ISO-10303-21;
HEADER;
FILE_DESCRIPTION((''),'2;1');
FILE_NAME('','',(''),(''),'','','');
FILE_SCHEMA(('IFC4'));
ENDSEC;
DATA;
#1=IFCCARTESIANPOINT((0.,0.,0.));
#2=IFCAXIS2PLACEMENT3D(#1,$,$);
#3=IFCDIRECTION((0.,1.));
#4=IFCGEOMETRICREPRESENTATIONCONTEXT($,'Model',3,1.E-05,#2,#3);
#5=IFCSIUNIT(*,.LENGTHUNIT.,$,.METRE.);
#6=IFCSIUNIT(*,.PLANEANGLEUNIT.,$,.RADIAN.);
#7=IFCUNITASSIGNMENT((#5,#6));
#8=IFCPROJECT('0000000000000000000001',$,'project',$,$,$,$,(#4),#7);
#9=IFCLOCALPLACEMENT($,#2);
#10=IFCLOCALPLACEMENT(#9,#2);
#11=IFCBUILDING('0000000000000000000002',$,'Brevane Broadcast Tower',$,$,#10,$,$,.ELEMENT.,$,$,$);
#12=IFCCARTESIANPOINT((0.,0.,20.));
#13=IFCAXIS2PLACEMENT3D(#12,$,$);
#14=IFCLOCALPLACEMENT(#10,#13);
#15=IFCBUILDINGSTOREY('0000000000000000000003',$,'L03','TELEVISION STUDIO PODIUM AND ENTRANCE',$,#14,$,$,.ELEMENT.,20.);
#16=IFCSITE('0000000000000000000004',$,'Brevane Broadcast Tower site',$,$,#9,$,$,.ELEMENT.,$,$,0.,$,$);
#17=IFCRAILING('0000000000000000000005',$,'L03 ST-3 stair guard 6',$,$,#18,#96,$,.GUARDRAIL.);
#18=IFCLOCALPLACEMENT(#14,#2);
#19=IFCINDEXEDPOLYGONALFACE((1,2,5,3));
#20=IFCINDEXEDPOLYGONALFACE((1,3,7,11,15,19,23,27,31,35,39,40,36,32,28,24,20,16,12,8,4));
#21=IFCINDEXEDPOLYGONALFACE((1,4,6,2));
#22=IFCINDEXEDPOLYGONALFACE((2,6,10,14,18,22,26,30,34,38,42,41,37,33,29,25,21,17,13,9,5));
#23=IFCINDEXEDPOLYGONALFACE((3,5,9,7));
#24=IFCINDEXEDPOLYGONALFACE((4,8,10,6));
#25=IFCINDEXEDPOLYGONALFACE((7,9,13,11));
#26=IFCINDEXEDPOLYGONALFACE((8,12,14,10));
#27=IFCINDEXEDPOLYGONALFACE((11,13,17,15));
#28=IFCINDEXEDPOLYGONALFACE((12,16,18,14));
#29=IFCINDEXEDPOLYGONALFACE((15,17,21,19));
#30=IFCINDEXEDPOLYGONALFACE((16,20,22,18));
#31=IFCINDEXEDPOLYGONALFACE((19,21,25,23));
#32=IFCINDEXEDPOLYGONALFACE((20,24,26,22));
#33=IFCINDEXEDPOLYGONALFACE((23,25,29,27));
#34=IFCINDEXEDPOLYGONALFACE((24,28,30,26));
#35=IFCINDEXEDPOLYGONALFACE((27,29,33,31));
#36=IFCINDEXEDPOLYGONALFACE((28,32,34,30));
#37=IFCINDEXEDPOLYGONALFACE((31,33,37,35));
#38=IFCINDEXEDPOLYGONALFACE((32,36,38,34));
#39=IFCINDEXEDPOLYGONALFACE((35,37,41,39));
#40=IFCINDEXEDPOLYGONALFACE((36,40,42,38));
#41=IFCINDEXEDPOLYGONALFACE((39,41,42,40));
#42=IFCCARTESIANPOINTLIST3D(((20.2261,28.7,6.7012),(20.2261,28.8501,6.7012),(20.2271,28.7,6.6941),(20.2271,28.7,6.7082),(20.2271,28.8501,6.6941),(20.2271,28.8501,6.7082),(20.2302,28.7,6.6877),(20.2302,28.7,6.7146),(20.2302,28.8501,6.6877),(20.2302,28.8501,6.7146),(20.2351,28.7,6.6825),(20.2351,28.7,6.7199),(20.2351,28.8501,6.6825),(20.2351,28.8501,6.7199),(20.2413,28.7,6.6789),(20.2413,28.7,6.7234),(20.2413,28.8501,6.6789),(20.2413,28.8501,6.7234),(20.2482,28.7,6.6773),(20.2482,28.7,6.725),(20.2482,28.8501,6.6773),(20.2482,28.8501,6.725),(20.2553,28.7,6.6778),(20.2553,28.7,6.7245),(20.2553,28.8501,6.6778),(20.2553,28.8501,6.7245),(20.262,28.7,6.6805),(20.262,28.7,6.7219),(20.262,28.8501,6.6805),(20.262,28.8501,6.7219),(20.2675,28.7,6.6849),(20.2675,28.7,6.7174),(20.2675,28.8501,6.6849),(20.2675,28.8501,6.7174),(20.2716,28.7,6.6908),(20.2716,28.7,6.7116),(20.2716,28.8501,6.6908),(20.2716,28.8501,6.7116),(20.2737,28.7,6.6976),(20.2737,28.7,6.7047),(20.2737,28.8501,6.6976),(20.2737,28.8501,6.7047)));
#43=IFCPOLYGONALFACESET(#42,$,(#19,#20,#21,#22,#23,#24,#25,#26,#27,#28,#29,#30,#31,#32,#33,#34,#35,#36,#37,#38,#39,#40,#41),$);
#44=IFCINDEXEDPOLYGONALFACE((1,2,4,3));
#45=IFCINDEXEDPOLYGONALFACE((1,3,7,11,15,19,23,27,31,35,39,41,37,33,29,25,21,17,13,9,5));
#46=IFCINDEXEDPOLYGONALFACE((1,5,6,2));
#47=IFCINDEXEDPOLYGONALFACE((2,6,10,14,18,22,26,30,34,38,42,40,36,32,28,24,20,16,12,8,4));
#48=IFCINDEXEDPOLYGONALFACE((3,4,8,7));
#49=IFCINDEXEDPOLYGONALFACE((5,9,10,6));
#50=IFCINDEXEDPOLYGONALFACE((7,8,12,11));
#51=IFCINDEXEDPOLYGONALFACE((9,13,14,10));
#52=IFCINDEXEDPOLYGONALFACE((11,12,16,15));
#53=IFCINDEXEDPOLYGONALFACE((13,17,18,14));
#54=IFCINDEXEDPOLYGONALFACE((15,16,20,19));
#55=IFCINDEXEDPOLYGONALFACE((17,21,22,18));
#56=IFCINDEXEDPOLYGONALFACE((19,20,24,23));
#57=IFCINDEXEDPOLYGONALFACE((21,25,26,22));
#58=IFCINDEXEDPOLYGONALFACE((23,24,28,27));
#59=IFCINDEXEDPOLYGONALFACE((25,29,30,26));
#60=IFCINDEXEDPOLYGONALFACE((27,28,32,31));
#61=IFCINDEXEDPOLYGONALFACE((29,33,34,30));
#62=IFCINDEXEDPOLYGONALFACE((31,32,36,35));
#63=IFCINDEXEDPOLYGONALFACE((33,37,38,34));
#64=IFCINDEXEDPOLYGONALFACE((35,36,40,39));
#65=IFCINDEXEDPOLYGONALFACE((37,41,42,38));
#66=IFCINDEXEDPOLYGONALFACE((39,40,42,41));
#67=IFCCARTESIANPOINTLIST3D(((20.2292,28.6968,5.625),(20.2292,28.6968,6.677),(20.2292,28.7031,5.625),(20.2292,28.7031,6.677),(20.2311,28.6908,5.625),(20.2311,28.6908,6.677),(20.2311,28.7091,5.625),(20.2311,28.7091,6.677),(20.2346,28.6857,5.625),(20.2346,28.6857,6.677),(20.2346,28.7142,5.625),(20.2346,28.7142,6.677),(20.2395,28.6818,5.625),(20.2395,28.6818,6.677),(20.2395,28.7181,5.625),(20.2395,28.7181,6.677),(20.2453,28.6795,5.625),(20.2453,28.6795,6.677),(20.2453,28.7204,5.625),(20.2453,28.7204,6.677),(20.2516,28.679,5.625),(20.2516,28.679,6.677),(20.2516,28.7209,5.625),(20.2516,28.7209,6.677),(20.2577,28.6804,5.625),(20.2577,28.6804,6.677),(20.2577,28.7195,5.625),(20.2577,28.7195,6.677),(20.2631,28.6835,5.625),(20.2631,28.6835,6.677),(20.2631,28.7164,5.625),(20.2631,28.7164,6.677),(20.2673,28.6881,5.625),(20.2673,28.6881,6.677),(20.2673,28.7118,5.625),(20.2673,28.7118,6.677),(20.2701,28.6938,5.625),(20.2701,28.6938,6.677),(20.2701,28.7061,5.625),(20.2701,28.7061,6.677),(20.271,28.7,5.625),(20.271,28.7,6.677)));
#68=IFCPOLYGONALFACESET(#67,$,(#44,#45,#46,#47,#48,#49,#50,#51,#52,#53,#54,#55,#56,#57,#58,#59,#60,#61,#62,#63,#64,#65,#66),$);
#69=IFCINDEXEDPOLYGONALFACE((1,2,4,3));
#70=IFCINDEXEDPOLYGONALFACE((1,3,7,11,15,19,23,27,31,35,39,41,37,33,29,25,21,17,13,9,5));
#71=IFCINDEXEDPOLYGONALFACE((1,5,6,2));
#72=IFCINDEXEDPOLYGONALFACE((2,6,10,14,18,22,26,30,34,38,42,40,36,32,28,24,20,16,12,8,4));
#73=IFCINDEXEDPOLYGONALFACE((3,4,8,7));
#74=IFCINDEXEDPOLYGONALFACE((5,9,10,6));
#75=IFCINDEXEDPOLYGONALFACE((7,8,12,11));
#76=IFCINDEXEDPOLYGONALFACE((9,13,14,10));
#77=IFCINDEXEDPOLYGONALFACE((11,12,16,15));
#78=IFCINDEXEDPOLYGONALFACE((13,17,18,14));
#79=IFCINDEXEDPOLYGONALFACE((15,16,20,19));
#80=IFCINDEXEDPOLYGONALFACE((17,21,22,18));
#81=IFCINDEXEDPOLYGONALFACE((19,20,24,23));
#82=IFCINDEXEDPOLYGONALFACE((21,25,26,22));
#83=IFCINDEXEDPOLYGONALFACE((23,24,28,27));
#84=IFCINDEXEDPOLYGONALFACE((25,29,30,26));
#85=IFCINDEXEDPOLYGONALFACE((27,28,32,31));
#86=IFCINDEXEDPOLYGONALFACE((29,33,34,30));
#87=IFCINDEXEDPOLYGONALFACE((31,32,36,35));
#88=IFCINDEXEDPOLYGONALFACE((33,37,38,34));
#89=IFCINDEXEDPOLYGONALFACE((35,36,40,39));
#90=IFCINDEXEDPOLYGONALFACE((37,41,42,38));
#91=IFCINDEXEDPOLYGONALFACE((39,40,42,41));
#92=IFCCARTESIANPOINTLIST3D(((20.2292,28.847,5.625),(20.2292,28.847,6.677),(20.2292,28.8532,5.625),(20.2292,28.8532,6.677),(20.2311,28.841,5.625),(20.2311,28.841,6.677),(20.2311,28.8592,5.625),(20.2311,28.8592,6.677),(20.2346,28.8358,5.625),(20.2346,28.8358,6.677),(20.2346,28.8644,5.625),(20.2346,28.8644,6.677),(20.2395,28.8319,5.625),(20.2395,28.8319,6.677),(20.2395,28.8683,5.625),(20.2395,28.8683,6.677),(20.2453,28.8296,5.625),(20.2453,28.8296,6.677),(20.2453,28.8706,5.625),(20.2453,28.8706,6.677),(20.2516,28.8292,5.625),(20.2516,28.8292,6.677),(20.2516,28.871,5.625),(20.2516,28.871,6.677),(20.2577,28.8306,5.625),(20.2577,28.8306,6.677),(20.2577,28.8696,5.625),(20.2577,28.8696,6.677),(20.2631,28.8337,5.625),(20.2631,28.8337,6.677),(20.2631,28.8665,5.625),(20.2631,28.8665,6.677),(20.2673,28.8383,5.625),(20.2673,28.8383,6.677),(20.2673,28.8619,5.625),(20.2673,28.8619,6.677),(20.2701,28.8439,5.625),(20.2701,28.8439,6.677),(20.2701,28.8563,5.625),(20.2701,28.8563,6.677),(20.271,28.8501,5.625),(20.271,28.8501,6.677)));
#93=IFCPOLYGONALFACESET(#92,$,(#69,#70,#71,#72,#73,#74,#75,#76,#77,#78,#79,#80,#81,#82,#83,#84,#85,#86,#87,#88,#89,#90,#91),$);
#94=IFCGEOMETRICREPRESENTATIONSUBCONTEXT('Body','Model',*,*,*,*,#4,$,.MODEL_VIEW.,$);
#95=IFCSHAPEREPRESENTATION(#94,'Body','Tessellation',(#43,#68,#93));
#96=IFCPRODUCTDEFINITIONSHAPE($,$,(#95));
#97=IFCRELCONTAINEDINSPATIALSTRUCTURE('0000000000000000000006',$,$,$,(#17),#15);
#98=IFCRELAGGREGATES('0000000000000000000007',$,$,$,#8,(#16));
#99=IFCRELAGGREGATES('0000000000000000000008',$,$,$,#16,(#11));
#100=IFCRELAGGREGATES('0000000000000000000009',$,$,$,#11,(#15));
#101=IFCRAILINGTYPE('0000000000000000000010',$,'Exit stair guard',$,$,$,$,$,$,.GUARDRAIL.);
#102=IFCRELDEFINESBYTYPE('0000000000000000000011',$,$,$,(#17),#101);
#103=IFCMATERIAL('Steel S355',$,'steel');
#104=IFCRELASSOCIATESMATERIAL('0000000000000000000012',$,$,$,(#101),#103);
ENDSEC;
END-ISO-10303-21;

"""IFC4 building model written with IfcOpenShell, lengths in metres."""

from ifc_helpers import new_model, si_unit, direction, frame, origin, origin_2d, place, context, subcontext, project, spatial, circle, extrude, material, type_object, element, save


model = new_model("IFC4")

# Units and contexts
model_context = context("Model", 3, precision=1e-05, world=origin(), true_north=direction((0.0, 1.0)))
body_context = subcontext(model_context, "Body", "Model", "MODEL_VIEW")
ifc_project = project(units=[si_unit("LENGTHUNIT", "METRE"), si_unit("PLANEANGLEUNIT", "RADIAN")], contexts=[model_context])

# Site, building, storey
site_placement = place(None, origin())
site = spatial("IfcSite", under=ifc_project, at=site_placement, Name="Brevane Broadcast Tower site", CompositionType="ELEMENT", RefElevation=0.0)
building_placement = place(site_placement, origin())
building = spatial("IfcBuilding", under=site, at=building_placement, Name="Brevane Broadcast Tower", CompositionType="ELEMENT")
storey_placement = place(building_placement, frame((0.0, 0.0, 20.0)))
storey = spatial("IfcBuildingStorey", under=building, at=storey_placement, Name="L03", Description="TELEVISION STUDIO PODIUM AND ENTRANCE", CompositionType="ELEMENT", Elevation=20.0)

# Railing
ifc_material_1 = material(Name="Steel S355", Category="steel")
railing_type_1 = type_object("IfcRailingType", Name="Exit stair guard", PredefinedType="GUARDRAIL", material=ifc_material_1)
railing_1_placement = place(storey_placement, frame((20.25, 28.7, 5.625)))
element("IfcRailing", 1, at=railing_1_placement, inside=storey, type_object=railing_type_1, Name="L03 ST-3 stair guard 6", PredefinedType="GUARDRAIL", context=body_context, shape_type="SweptSolid", body=[
    extrude(circle(Radius=0.0239, at=origin_2d()), frame((0.0, 0.0, 1.0762), z_axis=(0.0, 1.0, 0.0), x_axis=(-1.0, 0.0, 0.0)), (0.0, 0.0, 1.0), 0.1501),
    extrude(circle(Radius=0.021, at=origin_2d()), origin(), (0.0, 0.0, 1.0), 1.052),
    extrude(circle(Radius=0.021, at=origin_2d()), frame((0.0, 0.1501, 0.0)), (0.0, 0.0, 1.0), 1.052),
])

save(model, "model.ifc")
